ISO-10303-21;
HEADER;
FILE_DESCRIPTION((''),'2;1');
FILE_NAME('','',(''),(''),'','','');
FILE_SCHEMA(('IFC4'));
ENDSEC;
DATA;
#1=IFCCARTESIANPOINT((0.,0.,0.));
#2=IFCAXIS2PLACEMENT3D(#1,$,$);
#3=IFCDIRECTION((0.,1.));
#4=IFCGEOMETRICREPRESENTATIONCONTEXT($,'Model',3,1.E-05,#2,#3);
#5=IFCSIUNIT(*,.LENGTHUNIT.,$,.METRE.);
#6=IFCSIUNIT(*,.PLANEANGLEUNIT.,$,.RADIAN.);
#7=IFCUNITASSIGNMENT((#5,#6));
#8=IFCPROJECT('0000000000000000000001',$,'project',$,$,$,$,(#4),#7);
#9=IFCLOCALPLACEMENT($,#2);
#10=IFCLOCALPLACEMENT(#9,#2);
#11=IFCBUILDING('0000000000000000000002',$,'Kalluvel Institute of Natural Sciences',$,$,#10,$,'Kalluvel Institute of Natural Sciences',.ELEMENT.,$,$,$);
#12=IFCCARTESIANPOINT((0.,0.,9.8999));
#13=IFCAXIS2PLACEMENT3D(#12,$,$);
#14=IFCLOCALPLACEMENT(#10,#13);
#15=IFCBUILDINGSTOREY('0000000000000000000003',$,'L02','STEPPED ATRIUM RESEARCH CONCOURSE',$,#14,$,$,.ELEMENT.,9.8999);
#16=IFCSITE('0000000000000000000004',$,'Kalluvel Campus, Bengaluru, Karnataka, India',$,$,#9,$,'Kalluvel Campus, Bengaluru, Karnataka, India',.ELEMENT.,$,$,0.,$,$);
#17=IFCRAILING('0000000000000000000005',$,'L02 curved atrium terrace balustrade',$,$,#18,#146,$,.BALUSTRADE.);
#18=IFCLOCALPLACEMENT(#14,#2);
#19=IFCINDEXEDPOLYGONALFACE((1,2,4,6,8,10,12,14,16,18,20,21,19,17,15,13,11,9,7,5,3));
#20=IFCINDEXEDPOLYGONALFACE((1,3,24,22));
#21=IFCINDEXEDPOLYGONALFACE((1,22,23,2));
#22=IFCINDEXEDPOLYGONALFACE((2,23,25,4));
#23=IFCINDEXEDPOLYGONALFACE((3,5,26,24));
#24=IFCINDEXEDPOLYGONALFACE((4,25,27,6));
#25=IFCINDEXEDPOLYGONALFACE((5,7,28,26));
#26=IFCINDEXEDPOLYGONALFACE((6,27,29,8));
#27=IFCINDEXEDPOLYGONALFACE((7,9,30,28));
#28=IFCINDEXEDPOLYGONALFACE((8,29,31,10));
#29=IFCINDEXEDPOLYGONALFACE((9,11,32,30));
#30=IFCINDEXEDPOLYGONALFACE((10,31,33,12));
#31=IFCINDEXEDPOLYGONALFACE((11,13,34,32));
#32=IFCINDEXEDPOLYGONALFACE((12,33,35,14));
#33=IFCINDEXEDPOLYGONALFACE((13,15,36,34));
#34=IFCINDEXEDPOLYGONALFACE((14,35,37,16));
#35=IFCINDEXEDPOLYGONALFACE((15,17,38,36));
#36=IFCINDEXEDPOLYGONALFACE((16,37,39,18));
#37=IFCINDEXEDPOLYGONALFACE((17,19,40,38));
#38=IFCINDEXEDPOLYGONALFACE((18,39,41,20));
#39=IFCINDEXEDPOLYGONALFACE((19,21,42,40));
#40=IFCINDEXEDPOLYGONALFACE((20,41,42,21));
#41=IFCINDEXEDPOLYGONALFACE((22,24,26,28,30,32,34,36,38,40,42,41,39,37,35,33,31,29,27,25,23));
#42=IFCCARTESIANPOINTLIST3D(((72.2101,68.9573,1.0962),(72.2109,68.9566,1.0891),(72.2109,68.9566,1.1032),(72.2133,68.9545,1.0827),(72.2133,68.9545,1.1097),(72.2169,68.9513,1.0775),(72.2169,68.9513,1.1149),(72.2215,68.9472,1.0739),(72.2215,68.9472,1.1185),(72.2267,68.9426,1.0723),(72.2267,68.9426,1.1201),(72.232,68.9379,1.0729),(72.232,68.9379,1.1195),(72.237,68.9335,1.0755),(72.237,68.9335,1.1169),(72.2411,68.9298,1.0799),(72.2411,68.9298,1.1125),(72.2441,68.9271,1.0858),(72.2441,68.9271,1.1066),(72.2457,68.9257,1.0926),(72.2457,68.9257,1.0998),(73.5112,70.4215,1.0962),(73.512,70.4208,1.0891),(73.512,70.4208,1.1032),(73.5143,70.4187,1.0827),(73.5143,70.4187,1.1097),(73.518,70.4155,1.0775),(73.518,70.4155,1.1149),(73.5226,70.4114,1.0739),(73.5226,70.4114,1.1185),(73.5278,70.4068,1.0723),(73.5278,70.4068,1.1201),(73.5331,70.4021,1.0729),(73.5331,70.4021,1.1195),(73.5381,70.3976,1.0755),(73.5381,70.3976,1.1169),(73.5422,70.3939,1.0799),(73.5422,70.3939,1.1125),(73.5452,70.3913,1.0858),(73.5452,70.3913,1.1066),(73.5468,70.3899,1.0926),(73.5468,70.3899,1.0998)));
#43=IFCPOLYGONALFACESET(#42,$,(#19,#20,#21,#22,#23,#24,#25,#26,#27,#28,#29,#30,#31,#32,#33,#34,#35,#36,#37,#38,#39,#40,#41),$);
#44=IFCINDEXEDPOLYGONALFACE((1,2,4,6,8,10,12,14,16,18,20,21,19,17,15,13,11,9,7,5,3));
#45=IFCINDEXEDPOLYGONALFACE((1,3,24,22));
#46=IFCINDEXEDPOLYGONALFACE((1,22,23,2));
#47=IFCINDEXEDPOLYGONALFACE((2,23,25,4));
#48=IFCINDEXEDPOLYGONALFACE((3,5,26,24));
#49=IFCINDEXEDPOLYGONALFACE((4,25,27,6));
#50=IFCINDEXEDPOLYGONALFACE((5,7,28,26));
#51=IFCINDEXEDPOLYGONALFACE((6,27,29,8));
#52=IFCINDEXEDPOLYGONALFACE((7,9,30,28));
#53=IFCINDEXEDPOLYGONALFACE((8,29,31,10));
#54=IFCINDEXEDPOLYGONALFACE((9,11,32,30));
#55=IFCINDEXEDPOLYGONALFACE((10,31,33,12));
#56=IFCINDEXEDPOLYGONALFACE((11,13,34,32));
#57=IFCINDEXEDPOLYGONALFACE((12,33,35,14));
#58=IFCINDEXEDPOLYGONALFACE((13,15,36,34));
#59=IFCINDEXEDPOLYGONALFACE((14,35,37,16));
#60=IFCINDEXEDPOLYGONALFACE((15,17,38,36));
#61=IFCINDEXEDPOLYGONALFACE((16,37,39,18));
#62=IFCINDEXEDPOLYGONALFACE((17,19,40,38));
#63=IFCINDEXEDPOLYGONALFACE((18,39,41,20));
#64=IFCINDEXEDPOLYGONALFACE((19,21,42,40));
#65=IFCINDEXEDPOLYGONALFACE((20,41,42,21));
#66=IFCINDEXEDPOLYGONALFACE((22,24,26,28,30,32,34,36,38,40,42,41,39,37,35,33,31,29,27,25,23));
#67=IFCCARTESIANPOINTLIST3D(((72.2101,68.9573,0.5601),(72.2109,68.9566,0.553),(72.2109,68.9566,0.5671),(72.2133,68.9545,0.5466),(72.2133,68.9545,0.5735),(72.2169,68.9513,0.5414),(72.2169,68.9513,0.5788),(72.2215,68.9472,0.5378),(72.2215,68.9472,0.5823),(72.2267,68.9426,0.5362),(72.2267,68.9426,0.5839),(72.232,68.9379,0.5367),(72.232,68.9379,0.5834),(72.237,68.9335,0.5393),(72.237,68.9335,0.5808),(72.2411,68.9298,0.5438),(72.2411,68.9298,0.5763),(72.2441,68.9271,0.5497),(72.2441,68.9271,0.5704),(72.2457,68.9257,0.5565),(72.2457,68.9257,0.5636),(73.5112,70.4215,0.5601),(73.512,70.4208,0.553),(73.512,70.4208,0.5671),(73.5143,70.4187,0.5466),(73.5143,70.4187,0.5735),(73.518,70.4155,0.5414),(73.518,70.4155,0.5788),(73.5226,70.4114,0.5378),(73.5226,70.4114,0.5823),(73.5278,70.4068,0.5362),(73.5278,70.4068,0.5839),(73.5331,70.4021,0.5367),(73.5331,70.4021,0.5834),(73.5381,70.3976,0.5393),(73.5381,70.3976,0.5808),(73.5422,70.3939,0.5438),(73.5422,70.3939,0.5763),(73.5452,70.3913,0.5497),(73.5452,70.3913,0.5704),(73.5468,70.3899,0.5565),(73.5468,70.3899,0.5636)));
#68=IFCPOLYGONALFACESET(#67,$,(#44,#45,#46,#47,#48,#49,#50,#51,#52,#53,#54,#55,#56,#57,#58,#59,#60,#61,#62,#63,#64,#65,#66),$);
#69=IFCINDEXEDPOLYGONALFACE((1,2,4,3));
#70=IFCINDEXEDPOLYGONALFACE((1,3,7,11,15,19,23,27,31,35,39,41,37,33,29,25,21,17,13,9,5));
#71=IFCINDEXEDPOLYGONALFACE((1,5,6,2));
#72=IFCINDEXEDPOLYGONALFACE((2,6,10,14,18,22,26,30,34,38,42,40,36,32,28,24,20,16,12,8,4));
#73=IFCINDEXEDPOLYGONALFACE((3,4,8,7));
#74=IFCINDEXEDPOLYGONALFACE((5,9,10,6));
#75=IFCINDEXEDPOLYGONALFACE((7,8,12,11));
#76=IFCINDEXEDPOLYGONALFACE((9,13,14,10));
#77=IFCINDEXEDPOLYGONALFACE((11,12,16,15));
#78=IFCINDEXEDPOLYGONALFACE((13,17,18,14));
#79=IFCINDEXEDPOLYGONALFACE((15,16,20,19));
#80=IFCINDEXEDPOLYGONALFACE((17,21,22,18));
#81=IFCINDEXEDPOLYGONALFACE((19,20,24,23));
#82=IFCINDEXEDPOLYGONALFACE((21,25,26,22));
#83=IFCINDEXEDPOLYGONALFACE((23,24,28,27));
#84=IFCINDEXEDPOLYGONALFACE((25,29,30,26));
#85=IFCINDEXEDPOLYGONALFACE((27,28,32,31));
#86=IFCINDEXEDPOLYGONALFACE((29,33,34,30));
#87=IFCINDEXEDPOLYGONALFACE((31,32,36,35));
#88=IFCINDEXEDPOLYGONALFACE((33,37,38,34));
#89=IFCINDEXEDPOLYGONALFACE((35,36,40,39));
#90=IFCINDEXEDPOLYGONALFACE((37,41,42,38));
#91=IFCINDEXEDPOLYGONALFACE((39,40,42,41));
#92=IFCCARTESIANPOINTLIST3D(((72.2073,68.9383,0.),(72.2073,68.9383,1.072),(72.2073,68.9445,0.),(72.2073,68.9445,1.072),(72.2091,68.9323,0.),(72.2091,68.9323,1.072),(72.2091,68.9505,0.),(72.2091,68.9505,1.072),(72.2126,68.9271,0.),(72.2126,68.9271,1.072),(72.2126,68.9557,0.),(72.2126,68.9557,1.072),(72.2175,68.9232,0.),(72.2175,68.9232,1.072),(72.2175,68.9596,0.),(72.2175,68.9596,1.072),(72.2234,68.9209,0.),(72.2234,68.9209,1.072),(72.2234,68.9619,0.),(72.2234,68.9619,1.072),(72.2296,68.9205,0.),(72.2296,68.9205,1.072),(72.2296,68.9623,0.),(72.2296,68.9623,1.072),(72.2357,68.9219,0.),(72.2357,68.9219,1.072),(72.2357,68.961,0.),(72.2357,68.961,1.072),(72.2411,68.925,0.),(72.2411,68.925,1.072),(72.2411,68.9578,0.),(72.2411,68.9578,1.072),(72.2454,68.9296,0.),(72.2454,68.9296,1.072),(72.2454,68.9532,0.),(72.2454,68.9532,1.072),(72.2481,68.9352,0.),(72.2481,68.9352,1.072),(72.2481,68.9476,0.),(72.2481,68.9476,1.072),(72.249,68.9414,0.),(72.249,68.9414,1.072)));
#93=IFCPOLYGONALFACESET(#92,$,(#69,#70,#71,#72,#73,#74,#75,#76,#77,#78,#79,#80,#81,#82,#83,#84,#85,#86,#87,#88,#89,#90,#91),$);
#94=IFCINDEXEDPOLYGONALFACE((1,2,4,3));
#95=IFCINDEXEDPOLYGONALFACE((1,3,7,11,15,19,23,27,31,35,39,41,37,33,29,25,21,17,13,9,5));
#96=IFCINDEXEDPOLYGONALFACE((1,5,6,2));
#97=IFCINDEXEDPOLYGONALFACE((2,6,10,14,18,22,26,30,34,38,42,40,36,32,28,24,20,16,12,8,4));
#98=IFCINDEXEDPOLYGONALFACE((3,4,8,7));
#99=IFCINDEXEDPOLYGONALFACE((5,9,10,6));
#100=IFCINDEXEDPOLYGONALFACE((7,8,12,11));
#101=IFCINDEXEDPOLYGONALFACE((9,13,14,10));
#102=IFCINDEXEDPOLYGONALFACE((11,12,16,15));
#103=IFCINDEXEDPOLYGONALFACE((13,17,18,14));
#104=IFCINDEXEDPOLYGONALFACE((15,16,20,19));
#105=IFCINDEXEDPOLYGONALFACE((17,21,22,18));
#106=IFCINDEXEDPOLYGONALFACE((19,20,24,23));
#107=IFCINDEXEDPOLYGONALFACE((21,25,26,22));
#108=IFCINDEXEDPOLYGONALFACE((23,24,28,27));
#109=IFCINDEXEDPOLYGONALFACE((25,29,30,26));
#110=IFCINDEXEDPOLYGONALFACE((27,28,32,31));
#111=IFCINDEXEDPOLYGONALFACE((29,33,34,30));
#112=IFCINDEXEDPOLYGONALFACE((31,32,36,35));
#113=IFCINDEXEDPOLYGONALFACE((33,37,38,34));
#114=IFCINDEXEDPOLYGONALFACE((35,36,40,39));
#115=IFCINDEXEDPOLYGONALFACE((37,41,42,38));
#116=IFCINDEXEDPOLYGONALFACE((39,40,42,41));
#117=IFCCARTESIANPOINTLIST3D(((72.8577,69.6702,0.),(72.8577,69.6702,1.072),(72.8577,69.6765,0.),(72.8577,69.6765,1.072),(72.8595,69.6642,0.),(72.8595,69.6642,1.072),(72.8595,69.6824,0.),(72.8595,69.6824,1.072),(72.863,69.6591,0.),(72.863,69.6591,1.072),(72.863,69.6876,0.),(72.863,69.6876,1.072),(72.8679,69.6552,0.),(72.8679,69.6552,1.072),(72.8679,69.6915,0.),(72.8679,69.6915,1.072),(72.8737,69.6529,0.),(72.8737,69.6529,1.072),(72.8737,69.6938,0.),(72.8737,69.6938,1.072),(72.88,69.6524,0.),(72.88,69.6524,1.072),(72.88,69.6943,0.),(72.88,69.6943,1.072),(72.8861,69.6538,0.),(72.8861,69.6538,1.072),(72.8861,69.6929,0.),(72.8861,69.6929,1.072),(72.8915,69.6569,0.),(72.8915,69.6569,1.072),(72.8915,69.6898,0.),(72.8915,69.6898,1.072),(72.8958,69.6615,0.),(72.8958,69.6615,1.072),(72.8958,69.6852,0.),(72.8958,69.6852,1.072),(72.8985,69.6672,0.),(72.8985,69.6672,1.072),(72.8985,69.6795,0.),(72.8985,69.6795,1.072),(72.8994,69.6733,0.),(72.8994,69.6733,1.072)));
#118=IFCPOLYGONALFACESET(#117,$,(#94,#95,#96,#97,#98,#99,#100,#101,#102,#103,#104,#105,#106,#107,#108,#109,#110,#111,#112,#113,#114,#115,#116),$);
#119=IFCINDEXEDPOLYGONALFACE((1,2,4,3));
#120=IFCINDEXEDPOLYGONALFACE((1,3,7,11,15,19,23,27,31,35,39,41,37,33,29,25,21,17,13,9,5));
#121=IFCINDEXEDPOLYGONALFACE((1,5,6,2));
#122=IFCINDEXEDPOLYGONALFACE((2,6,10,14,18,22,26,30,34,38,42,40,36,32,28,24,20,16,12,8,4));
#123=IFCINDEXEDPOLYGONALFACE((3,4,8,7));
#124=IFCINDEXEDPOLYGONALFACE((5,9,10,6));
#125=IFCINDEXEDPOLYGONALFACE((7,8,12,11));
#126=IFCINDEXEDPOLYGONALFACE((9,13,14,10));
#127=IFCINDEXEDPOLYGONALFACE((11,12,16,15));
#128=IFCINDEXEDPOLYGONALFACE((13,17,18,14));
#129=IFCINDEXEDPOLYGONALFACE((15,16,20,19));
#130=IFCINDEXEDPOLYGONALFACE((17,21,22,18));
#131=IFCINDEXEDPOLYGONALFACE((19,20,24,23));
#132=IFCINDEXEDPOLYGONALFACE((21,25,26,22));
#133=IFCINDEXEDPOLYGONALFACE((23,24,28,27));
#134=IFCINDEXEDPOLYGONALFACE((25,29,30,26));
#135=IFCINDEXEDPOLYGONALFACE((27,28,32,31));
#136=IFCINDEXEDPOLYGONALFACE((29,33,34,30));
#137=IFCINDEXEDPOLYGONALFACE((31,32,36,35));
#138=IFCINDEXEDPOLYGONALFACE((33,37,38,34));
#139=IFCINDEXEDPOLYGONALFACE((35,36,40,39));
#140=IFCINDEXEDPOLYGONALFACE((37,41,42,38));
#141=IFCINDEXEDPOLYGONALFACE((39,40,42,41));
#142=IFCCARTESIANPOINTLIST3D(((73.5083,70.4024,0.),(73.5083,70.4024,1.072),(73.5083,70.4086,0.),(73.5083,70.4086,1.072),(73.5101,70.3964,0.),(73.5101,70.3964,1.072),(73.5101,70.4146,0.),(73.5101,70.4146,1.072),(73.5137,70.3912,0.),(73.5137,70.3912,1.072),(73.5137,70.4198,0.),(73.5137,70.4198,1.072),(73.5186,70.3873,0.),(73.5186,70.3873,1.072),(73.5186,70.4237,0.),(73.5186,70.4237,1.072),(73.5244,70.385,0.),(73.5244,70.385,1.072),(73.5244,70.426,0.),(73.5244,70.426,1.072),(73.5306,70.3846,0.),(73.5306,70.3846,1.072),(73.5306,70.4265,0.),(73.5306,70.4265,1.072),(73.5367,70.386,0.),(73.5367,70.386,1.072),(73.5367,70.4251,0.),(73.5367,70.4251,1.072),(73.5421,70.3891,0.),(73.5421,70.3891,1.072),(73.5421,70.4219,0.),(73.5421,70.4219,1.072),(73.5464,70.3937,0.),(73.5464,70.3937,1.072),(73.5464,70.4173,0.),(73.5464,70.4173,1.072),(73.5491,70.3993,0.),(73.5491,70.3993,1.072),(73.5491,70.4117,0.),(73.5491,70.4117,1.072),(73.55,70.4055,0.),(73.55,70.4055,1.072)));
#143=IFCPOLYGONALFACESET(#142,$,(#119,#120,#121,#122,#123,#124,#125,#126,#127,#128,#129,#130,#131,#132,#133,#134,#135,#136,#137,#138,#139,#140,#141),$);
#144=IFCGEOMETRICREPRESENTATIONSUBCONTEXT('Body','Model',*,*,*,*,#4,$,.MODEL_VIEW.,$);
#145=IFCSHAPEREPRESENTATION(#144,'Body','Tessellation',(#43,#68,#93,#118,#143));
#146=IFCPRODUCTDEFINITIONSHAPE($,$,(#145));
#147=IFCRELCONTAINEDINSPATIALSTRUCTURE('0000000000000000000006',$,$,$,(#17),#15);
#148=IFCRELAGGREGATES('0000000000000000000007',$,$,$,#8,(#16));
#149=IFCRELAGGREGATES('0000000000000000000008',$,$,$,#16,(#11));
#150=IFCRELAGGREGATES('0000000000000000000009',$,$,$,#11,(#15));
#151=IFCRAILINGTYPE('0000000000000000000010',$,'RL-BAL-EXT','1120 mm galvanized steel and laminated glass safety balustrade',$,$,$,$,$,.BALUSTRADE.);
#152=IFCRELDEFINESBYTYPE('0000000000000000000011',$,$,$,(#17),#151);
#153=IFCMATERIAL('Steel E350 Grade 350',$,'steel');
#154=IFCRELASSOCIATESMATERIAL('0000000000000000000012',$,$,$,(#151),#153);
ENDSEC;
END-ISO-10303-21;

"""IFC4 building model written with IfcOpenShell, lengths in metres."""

from ifc_helpers import new_model, si_unit, direction, frame, origin, origin_2d, place, context, subcontext, project, spatial, circle, extrude, material, type_object, element, save


model = new_model("IFC4")

# Units and contexts
model_context = context("Model", 3, precision=1e-05, world=origin(), true_north=direction((0.0, 1.0)))
body_context = subcontext(model_context, "Body", "Model", "MODEL_VIEW")
ifc_project = project(units=[si_unit("LENGTHUNIT", "METRE"), si_unit("PLANEANGLEUNIT", "RADIAN")], contexts=[model_context])

# Site, building, storey
site_placement = place(None, origin())
site = spatial("IfcSite", under=ifc_project, at=site_placement, Name="Kalluvel Campus, Bengaluru, Karnataka, India", LongName="Kalluvel Campus, Bengaluru, Karnataka, India", CompositionType="ELEMENT", RefElevation=0.0)
building_placement = place(site_placement, origin())
building = spatial("IfcBuilding", under=site, at=building_placement, Name="Kalluvel Institute of Natural Sciences", LongName="Kalluvel Institute of Natural Sciences", CompositionType="ELEMENT")
storey_placement = place(building_placement, frame((0.0, 0.0, 9.8999)))
storey = spatial("IfcBuildingStorey", under=building, at=storey_placement, Name="L02", Description="STEPPED ATRIUM RESEARCH CONCOURSE", CompositionType="ELEMENT", Elevation=9.8999)

# Shared definitions
ifc_material_1 = material(Name="Steel E350 Grade 350", Category="steel")

# Railing
railing_type_1 = type_object("IfcRailingType", Name="RL-BAL-EXT", Description="1120 mm galvanized steel and laminated glass safety balustrade", PredefinedType="BALUSTRADE", material=ifc_material_1)
railing_1_placement = place(storey_placement, frame((72.228, 68.9414, 0.0)))
element("IfcRailing", 1, at=railing_1_placement, inside=storey, type_object=railing_type_1, Name="L02 curved atrium terrace balustrade", PredefinedType="BALUSTRADE", context=body_context, shape_type="SweptSolid", body=[
    extrude(circle(Radius=0.0239, at=origin_2d()), frame((0.0, 0.0, 1.0962), z_axis=(0.664248, 0.747512, 0.0), x_axis=(-0.747512, 0.664248, 0.0)), (0.0, 0.0, 1.0), 1.9587),
    extrude(circle(Radius=0.0239, at=origin_2d()), frame((0.0, 0.0, 0.5601), z_axis=(0.664248, 0.747512, 0.0), x_axis=(-0.747512, 0.664248, 0.0)), (0.0, 0.0, 1.0), 1.9587),
    extrude(circle(Radius=0.021, at=origin_2d()), origin(), (0.0, 0.0, 1.0), 1.072),
    extrude(circle(Radius=0.021, at=origin_2d()), frame((0.6504, 0.7319, 0.0)), (0.0, 0.0, 1.0), 1.072),
    extrude(circle(Radius=0.021, at=origin_2d()), frame((1.301, 1.4641, 0.0)), (0.0, 0.0, 1.0), 1.072),
])

save(model, "model.ifc")
